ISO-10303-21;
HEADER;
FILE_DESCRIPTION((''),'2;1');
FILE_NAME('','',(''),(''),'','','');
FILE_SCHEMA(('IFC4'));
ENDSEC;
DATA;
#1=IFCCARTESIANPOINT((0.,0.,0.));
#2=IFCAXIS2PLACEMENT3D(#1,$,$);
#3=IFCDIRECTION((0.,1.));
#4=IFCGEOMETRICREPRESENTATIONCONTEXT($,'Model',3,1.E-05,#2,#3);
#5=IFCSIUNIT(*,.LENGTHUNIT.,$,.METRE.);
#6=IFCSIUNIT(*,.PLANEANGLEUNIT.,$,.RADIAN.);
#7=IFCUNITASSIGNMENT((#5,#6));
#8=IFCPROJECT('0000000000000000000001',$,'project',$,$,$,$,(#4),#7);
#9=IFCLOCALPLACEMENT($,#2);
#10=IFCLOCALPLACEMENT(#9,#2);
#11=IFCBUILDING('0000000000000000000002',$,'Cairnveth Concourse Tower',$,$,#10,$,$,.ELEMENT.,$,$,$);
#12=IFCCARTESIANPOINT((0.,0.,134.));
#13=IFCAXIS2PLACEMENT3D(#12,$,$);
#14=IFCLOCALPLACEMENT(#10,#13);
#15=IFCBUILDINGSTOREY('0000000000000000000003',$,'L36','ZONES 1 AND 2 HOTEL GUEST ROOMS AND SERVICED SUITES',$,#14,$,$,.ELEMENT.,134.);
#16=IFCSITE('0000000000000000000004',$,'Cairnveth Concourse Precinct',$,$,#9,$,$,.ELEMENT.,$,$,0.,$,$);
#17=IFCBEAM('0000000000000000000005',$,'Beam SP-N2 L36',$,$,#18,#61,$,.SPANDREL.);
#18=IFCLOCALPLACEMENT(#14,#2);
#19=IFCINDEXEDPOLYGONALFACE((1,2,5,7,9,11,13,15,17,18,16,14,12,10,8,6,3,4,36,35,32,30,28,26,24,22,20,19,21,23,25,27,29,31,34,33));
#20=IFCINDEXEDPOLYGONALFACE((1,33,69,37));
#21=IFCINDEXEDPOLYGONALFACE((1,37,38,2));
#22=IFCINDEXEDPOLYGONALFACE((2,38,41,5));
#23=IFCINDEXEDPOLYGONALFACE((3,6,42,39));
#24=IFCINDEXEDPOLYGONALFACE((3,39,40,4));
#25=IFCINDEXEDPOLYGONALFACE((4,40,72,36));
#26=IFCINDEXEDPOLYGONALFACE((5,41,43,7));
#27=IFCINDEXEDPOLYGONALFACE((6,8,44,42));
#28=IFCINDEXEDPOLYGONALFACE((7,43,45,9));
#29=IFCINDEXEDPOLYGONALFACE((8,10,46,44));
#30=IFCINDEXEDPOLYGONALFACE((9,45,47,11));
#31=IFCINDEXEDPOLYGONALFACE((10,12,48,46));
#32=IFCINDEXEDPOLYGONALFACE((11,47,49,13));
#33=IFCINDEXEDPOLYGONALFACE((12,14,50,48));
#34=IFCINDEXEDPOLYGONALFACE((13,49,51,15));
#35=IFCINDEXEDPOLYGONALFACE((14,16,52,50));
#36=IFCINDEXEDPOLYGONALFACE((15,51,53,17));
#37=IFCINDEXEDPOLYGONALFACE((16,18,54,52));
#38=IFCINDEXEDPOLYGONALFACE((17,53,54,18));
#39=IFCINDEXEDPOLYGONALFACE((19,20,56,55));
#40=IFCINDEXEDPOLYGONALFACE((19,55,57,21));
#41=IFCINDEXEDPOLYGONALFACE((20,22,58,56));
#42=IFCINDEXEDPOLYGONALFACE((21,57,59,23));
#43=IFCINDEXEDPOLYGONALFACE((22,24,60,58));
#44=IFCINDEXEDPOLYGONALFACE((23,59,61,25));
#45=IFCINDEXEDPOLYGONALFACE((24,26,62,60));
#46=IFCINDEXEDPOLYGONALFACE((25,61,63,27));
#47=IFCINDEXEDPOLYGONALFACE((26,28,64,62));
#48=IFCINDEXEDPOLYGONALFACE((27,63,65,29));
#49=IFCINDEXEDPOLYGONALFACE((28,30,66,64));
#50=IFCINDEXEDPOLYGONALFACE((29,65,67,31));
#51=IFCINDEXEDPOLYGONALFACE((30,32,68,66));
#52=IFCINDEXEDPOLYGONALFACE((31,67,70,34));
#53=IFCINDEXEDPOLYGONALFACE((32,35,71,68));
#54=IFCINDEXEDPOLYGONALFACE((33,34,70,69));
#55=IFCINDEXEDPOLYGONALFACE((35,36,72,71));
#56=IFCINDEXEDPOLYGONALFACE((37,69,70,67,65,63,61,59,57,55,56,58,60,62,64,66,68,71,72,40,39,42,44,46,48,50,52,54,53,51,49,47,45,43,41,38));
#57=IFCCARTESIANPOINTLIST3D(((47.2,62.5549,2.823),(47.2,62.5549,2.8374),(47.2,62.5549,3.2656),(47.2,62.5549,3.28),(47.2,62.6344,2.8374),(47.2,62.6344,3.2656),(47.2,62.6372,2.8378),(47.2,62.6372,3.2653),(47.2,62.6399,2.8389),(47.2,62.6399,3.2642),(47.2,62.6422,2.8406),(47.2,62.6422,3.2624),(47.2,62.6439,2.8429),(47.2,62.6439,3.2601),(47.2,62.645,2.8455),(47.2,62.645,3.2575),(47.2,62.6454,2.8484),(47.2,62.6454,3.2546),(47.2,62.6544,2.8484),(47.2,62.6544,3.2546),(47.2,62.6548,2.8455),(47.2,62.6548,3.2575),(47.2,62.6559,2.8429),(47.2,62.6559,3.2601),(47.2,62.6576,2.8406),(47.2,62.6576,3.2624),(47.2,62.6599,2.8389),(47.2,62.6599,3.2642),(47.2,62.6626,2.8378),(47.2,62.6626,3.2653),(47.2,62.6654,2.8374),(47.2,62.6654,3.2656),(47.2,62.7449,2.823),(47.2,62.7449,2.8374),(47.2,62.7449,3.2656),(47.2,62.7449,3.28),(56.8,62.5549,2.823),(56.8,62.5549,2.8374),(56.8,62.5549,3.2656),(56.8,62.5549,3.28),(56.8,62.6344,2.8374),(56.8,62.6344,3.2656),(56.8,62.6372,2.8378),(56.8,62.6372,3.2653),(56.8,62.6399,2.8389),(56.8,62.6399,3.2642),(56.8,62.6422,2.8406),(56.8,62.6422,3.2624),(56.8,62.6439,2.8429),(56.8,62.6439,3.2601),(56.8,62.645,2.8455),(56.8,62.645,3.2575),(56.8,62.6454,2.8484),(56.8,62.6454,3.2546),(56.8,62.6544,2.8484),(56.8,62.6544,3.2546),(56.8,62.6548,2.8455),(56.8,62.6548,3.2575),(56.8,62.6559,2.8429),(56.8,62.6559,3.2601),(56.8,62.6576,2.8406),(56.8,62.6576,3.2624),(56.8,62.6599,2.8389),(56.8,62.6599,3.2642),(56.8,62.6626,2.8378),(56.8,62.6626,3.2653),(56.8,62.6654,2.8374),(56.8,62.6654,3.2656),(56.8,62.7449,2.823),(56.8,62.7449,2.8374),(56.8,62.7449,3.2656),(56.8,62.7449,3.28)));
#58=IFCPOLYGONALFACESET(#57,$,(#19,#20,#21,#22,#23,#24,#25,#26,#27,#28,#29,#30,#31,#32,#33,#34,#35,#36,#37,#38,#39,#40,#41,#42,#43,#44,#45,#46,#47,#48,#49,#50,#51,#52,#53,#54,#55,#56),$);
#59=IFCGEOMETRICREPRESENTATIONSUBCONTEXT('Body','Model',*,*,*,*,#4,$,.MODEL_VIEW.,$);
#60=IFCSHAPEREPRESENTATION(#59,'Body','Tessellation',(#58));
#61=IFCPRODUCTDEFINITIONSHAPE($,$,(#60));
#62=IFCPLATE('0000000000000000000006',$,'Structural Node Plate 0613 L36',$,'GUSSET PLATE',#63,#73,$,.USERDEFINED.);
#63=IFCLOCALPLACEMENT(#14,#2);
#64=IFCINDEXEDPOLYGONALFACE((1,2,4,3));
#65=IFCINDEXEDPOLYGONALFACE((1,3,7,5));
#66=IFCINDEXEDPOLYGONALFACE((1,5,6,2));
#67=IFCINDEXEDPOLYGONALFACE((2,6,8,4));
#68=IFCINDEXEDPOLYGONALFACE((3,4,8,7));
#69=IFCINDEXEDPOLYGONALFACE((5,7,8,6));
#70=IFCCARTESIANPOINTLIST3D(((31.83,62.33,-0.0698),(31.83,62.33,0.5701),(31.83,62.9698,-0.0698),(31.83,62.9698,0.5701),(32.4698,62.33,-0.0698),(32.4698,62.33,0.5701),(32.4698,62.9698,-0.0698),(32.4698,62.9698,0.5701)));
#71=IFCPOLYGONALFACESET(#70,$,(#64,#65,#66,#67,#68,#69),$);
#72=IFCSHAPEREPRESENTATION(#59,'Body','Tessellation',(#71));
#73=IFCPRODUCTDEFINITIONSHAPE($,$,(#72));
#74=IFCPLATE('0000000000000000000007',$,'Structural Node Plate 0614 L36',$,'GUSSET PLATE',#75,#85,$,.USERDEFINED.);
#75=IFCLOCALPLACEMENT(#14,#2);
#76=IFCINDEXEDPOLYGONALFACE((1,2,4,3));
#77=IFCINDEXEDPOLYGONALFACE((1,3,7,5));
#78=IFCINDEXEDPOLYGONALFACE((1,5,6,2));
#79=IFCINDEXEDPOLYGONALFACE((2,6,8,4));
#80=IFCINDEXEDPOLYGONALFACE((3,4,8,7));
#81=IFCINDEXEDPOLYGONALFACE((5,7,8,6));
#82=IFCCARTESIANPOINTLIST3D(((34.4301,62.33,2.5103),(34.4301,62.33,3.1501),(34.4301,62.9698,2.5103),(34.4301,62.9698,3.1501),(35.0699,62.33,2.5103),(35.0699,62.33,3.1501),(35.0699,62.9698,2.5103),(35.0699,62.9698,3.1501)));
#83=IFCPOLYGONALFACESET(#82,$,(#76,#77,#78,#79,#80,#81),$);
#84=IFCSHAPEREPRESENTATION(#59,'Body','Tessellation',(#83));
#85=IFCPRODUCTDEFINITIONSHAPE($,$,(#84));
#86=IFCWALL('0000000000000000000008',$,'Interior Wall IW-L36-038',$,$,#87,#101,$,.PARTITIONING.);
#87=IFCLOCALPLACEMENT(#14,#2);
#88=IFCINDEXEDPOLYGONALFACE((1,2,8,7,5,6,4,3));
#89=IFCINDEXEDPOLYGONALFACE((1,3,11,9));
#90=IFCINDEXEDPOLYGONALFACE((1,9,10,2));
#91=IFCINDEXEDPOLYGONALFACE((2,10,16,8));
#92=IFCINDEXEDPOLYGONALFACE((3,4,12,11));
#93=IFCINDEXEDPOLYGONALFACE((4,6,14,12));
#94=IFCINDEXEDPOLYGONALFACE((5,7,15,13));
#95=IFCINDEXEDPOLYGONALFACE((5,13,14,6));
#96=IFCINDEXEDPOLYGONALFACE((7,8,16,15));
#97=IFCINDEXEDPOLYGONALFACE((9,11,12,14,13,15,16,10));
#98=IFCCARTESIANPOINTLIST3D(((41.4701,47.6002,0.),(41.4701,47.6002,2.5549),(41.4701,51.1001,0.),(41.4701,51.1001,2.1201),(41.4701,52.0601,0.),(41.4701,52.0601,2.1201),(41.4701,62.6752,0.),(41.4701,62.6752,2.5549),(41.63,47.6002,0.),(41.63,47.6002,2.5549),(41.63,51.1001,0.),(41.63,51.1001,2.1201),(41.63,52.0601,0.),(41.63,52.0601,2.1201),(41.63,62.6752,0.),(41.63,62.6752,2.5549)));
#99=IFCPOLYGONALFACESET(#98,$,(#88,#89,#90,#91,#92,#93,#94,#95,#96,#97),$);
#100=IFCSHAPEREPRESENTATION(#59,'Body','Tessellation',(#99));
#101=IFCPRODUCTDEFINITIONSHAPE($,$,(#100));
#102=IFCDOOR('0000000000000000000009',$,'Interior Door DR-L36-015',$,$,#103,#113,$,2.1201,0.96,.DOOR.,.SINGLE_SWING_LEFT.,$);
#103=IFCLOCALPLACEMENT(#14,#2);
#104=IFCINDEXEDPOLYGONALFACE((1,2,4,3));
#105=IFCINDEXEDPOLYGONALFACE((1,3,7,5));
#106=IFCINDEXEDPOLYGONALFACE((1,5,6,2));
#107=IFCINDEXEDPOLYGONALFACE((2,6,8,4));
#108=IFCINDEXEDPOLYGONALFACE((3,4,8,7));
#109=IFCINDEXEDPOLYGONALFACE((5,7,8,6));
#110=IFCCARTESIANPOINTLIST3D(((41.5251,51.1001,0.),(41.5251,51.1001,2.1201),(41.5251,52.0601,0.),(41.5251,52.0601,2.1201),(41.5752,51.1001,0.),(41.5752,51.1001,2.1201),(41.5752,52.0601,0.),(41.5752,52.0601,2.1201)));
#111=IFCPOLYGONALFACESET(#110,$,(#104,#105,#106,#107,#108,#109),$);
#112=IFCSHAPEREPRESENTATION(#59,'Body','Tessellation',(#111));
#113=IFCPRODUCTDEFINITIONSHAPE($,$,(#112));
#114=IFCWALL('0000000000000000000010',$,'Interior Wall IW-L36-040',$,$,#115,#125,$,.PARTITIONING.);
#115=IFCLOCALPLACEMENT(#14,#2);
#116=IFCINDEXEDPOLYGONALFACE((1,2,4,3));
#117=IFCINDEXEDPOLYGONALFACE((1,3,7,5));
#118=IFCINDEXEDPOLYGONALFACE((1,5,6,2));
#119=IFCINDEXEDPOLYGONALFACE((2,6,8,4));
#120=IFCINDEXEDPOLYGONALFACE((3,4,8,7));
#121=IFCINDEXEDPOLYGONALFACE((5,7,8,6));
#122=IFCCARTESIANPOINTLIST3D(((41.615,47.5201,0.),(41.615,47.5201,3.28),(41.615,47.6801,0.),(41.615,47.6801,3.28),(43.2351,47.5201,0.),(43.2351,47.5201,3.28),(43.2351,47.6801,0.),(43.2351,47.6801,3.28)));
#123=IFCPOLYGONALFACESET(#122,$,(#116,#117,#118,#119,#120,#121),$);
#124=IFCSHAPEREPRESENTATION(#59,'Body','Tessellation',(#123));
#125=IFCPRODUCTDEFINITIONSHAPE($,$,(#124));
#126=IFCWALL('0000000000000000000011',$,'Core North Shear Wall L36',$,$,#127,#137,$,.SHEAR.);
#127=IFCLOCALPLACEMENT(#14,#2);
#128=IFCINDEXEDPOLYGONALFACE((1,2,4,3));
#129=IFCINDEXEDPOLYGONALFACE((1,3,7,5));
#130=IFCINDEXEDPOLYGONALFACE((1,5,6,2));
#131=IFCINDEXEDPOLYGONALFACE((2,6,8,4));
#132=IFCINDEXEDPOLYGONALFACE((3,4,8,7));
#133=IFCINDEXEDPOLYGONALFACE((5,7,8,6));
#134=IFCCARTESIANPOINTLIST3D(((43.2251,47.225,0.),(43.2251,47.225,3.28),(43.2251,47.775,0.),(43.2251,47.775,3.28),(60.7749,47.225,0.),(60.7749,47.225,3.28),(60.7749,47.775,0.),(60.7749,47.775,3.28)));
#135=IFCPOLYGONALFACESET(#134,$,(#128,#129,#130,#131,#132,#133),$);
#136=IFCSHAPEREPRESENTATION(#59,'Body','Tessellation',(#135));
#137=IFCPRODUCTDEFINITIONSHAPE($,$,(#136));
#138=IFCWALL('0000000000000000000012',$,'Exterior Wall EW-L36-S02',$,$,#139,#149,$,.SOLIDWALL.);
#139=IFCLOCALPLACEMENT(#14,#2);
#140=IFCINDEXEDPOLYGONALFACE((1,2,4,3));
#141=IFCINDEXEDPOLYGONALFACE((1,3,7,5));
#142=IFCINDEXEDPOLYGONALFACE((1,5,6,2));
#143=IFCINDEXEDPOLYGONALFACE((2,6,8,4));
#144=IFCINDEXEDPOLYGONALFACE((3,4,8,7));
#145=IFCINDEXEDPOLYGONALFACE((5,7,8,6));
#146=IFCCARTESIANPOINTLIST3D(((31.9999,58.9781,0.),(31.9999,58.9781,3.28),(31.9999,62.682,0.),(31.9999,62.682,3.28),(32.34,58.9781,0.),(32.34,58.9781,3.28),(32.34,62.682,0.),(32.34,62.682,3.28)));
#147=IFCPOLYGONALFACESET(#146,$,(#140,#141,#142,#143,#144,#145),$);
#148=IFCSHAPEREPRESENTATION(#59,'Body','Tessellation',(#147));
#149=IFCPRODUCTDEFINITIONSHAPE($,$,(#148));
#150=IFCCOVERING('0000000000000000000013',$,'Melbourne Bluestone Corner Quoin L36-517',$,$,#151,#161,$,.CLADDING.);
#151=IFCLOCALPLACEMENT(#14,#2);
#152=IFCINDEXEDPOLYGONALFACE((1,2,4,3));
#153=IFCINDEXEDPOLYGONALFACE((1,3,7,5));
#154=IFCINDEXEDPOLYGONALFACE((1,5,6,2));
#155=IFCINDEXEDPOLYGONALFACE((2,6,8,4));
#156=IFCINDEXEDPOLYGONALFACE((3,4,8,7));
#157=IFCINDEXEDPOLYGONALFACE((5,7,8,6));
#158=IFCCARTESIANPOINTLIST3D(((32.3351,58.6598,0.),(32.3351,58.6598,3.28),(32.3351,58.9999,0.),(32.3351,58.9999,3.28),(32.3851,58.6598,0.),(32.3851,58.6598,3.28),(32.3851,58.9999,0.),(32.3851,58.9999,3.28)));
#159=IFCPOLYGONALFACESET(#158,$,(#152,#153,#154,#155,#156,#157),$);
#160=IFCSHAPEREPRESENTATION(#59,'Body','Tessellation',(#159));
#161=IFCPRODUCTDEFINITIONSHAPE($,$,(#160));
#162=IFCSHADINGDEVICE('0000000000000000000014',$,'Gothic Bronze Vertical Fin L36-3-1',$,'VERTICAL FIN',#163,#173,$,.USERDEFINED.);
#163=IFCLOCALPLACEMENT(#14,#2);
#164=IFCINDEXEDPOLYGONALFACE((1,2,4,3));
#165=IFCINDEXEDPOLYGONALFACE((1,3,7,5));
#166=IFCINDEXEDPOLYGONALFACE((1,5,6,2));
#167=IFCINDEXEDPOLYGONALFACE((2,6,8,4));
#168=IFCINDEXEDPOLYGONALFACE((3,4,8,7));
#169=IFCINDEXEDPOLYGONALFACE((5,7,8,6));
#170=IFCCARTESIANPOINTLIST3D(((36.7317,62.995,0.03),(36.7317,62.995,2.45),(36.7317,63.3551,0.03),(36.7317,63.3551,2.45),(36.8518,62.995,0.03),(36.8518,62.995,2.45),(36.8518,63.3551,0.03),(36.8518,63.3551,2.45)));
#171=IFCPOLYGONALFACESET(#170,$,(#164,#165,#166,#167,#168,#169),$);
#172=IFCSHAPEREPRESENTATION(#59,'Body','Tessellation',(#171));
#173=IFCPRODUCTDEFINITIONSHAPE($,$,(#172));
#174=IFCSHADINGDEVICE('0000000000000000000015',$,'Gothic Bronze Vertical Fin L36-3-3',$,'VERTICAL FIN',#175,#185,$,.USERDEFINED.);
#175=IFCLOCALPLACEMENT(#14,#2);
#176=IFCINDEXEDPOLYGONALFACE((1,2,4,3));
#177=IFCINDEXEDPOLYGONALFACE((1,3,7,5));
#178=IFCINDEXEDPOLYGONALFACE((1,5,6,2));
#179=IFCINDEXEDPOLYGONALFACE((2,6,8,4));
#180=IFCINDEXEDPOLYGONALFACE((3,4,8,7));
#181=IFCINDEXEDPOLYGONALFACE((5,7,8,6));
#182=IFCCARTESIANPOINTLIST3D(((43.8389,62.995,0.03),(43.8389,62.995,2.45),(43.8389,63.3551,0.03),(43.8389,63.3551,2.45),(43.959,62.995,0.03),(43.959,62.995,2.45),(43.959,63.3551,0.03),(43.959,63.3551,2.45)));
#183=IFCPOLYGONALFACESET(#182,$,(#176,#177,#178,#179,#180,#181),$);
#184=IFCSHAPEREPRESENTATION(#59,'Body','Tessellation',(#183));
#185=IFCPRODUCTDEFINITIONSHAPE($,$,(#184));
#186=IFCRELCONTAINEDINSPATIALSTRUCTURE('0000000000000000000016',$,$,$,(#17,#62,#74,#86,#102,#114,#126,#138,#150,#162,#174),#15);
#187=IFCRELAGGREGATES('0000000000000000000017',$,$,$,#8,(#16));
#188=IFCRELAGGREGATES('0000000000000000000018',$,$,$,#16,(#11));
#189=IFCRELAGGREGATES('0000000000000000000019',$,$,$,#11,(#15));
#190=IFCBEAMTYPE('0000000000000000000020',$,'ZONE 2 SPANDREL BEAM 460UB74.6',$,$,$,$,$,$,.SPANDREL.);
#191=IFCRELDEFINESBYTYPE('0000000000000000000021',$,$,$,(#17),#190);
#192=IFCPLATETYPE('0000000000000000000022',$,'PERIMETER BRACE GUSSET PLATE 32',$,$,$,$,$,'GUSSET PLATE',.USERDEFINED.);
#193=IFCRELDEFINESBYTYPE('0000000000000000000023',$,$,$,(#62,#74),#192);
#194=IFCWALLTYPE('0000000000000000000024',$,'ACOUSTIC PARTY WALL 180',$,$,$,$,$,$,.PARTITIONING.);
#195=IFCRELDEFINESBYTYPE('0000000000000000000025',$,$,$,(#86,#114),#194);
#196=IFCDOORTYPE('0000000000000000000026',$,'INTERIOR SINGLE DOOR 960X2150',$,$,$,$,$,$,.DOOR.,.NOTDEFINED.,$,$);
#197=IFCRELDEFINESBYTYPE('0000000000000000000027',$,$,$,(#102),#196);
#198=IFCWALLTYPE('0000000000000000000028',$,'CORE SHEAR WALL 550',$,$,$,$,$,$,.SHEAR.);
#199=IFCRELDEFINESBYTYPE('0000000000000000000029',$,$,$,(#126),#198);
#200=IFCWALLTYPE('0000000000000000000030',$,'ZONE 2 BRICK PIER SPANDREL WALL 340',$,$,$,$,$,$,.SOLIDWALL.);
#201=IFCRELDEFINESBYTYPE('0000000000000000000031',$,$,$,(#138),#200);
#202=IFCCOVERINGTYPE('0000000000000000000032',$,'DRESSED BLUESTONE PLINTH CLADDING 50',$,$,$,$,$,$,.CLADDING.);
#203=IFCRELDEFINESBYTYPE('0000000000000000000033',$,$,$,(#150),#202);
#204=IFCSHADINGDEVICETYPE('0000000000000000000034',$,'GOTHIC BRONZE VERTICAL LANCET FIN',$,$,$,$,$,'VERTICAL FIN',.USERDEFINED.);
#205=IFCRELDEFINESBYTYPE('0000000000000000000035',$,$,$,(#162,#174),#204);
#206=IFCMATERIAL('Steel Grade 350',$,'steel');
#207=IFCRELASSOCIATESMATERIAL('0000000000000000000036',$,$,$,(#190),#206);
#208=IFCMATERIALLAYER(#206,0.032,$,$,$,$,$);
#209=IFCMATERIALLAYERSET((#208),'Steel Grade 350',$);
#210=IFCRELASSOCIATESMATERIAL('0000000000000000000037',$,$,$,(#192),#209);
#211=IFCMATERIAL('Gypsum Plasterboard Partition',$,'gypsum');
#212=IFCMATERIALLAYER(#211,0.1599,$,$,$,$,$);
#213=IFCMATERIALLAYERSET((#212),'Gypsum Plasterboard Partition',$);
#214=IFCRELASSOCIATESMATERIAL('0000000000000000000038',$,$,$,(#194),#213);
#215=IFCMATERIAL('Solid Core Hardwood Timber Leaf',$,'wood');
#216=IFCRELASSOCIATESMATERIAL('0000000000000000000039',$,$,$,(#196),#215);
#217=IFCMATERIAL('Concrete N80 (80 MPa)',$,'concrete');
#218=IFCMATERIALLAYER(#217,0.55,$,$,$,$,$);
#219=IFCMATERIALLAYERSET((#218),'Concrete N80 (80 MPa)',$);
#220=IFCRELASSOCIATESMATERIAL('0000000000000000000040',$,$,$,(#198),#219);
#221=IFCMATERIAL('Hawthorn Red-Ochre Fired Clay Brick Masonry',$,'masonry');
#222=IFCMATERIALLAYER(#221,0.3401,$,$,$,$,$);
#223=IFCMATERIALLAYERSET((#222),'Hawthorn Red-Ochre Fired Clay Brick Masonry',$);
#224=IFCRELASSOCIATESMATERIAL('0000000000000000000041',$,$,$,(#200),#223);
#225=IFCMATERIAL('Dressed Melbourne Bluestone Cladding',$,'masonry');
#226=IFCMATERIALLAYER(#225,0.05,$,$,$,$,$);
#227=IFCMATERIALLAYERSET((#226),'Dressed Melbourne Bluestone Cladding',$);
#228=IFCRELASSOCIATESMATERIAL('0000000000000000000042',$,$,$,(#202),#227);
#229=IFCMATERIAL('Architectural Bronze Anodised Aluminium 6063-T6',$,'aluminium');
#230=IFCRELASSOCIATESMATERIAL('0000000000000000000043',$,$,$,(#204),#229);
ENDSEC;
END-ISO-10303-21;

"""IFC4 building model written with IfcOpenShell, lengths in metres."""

from ifc_helpers import new_model, si_unit, direction, frame, frame_2d, origin, origin_2d, place, context, subcontext, project, spatial, rectangle, i_section, extrude, material, layer, layer_set, material_profile, profile_set, type_object, element, fill, save


model = new_model("IFC4")

# Units and contexts
model_context = context("Model", 3, precision=1e-05, world=origin(), true_north=direction((0.0, 1.0)))
body_context = subcontext(model_context, "Body", "Model", "MODEL_VIEW")
ifc_project = project(units=[si_unit("LENGTHUNIT", "METRE"), si_unit("PLANEANGLEUNIT", "RADIAN")], contexts=[model_context])

# Site, building, storey
site_placement = place(None, origin())
site = spatial("IfcSite", under=ifc_project, at=site_placement, Name="Cairnveth Concourse Precinct", CompositionType="ELEMENT", RefElevation=0.0)
building_placement = place(site_placement, origin())
building = spatial("IfcBuilding", under=site, at=building_placement, Name="Cairnveth Concourse Tower", CompositionType="ELEMENT")
storey_placement = place(building_placement, frame((0.0, 0.0, 134.0)))
storey = spatial("IfcBuildingStorey", under=building, at=storey_placement, Name="L36", Description="ZONES 1 AND 2 HOTEL GUEST ROOMS AND SERVICED SUITES", CompositionType="ELEMENT", Elevation=134.0)

# Beam
ifc_material_1 = material(Name="Steel Grade 350", Category="steel")
ifc_material_profile_1 = material_profile(ifc_material_1, i_section(OverallWidth=0.1899, OverallDepth=0.457, WebThickness=0.009, FlangeThickness=0.0144, FilletRadius=0.011, at=origin_2d()), Name="460UB74.6")
ifc_profile_set_1 = profile_set([ifc_material_profile_1], Name="Steel Grade 350")
beam_type_1 = type_object("IfcBeamType", Name="ZONE 2 SPANDREL BEAM 460UB74.6", PredefinedType="SPANDREL", material=ifc_profile_set_1)
beam_1_placement = place(storey_placement, frame((47.2, 62.6499, 3.0515), z_axis=(1.0, 0.0, 0.0), x_axis=(0.0, 1.0, 0.0)))
element("IfcBeam", 1, at=beam_1_placement, inside=storey, type_object=beam_type_1, Name="Beam SP-N2 L36", PredefinedType="SPANDREL", context=body_context, shape_type="SweptSolid", body=[
    extrude(i_section(OverallWidth=0.1899, OverallDepth=0.457, WebThickness=0.009, FlangeThickness=0.0144, FilletRadius=0.011, at=origin_2d()), origin(), (0.0, 0.0, 1.0), 9.6001),
])

# Plates
ifc_layer_1 = layer(ifc_material_1, 0.032)
ifc_layer_set_1 = layer_set([ifc_layer_1], Name="Steel Grade 350")
plate_type = type_object("IfcPlateType", Name="PERIMETER BRACE GUSSET PLATE 32", ElementType="GUSSET PLATE", PredefinedType="USERDEFINED", material=ifc_layer_set_1)
for number, where, z_axis, x_axis, name in (
    (2, (32.1499, 62.6499, -0.0698), (0.0, 0.0, 1.0), (1.0, 0.0, 0.0), "Structural Node Plate 0613 L36"),
    (3, (34.75, 62.6499, 2.5103), (0.0, 0.0, 1.0), (1.0, 0.0, 0.0), "Structural Node Plate 0614 L36"),
):
    element("IfcPlate", number, at=place(storey_placement, frame(where, z_axis=z_axis, x_axis=x_axis)), inside=storey, type_object=plate_type, Name=name, ObjectType="GUSSET PLATE", PredefinedType="USERDEFINED", context=body_context, shape_type="SweptSolid", body=[
        extrude(rectangle(XDim=0.6399, YDim=0.6399, at=origin_2d()), origin(), (0.0, 0.0, 1.0), 0.6399),
    ])

# Wall, opening, door
ifc_material_2 = material(Name="Gypsum Plasterboard Partition", Category="gypsum")
ifc_layer_2 = layer(ifc_material_2, 0.1599)
ifc_layer_set_2 = layer_set([ifc_layer_2], Name="Gypsum Plasterboard Partition")
wall_type_1 = type_object("IfcWallType", Name="ACOUSTIC PARTY WALL 180", PredefinedType="PARTITIONING", material=ifc_layer_set_2)
wall_1_placement = place(storey_placement, frame((41.55, 47.6001, 0.0), z_axis=(0.0, 0.0, 1.0), x_axis=(0.0, 1.0, 0.0)))
wall_1 = element("IfcWall", 4, at=wall_1_placement, inside=storey, type_object=wall_type_1, Name="Interior Wall IW-L36-038", PredefinedType="PARTITIONING", context=body_context, shape_type="SweptSolid", body=[
    extrude(rectangle(XDim=15.075, YDim=0.1599, at=frame_2d((7.5376, 0.0))), origin(), (0.0, 0.0, 1.0), 2.5549),
])
opening_placement = place(wall_1_placement, frame((3.5, 0.0, 0.0)))
opening = element("IfcOpeningElement", 5, at=opening_placement, cuts=wall_1, PredefinedType="OPENING", context=body_context, shape_type="SweptSolid", body=[
    extrude(rectangle(XDim=0.96, YDim=2.1201, at=frame_2d((0.48, 1.0601))), frame((0.0, 0.0898, 0.0), z_axis=(0.0, -1.0, 0.0), x_axis=(1.0, 0.0, 0.0)), (0.0, 0.0, 1.0), 0.1799),
])
ifc_material_3 = material(Name="Solid Core Hardwood Timber Leaf", Category="wood")
door_type = type_object("IfcDoorType", Name="INTERIOR SINGLE DOOR 960X2150", OperationType="NOTDEFINED", PredefinedType="DOOR", material=ifc_material_3)
door_placement = place(opening_placement, origin())
door = element("IfcDoor", 6, at=door_placement, inside=storey, type_object=door_type, Name="Interior Door DR-L36-015", OperationType="SINGLE_SWING_LEFT", OverallHeight=2.1201, OverallWidth=0.96, PredefinedType="DOOR", context=body_context, shape_type="SweptSolid", body=[
    extrude(rectangle(XDim=0.96, YDim=2.1201, at=frame_2d((0.48, 1.0601))), frame((0.0, 0.0249, 0.0), z_axis=(0.0, -1.0, 0.0), x_axis=(1.0, 0.0, 0.0)), (0.0, 0.0, 1.0), 0.05),
])
fill(opening, door)

# Walls
wall_2_placement = place(storey_placement, frame((41.615, 47.6001, 0.0), z_axis=(0.0, 0.0, 1.0), x_axis=(1.0, 0.0, 0.0)))
element("IfcWall", 7, at=wall_2_placement, inside=storey, type_object=wall_type_1, Name="Interior Wall IW-L36-040", PredefinedType="PARTITIONING", context=body_context, shape_type="SweptSolid", body=[
    extrude(rectangle(XDim=1.6201, YDim=0.1599, at=frame_2d((0.8101, 0.0))), origin(), (0.0, 0.0, 1.0), 3.28),
])
ifc_material_4 = material(Name="Concrete N80 (80 MPa)", Category="concrete")
ifc_layer_3 = layer(ifc_material_4, 0.55)
ifc_layer_set_3 = layer_set([ifc_layer_3], Name="Concrete N80 (80 MPa)")
wall_type_2 = type_object("IfcWallType", Name="CORE SHEAR WALL 550", PredefinedType="SHEAR", material=ifc_layer_set_3)
wall_3_placement = place(storey_placement, frame((43.2251, 47.5, 0.0), z_axis=(0.0, 0.0, 1.0), x_axis=(1.0, 0.0, 0.0)))
element("IfcWall", 8, at=wall_3_placement, inside=storey, type_object=wall_type_2, Name="Core North Shear Wall L36", PredefinedType="SHEAR", context=body_context, shape_type="SweptSolid", body=[
    extrude(rectangle(XDim=17.5498, YDim=0.55, at=frame_2d((8.7749, 0.0))), origin(), (0.0, 0.0, 1.0), 3.28),
])
ifc_material_5 = material(Name="Hawthorn Red-Ochre Fired Clay Brick Masonry", Category="masonry")
ifc_layer_4 = layer(ifc_material_5, 0.3401)
ifc_layer_set_4 = layer_set([ifc_layer_4], Name="Hawthorn Red-Ochre Fired Clay Brick Masonry")
wall_type_3 = type_object("IfcWallType", Name="ZONE 2 BRICK PIER SPANDREL WALL 340", PredefinedType="SOLIDWALL", material=ifc_layer_set_4)
wall_4_placement = place(storey_placement, frame((32.1699, 58.978, 0.0), z_axis=(0.0, 0.0, 1.0), x_axis=(0.0, 1.0, 0.0)))
element("IfcWall", 9, at=wall_4_placement, inside=storey, type_object=wall_type_3, Name="Exterior Wall EW-L36-S02", PredefinedType="SOLIDWALL", context=body_context, shape_type="SweptSolid", body=[
    extrude(rectangle(XDim=3.7039, YDim=0.3401, at=frame_2d((1.8521, 0.0))), origin(), (0.0, 0.0, 1.0), 3.28),
])

# Covering
ifc_material_6 = material(Name="Dressed Melbourne Bluestone Cladding", Category="masonry")
ifc_layer_5 = layer(ifc_material_6, 0.05)
ifc_layer_set_5 = layer_set([ifc_layer_5], Name="Dressed Melbourne Bluestone Cladding")
covering_type = type_object("IfcCoveringType", Name="DRESSED BLUESTONE PLINTH CLADDING 50", PredefinedType="CLADDING", material=ifc_layer_set_5)
covering_placement = place(storey_placement, frame((32.3601, 58.6599, 0.0), z_axis=(0.0, 0.0, 1.0), x_axis=(0.0, 1.0, 0.0)))
element("IfcCovering", 10, at=covering_placement, inside=storey, type_object=covering_type, Name="Melbourne Bluestone Corner Quoin L36-517", PredefinedType="CLADDING", context=body_context, shape_type="SweptSolid", body=[
    extrude(rectangle(XDim=0.3401, YDim=0.05, at=frame_2d((0.1699, 0.0))), origin(), (0.0, 0.0, 1.0), 3.28),
])

# Shading devices
ifc_material_7 = material(Name="Architectural Bronze Anodised Aluminium 6063-T6", Category="aluminium")
shading_device_type = type_object("IfcShadingDeviceType", Name="GOTHIC BRONZE VERTICAL LANCET FIN", ElementType="VERTICAL FIN", PredefinedType="USERDEFINED", material=ifc_material_7)
for number, where, z_axis, x_axis, name in (
    (11, (36.7917, 63.175, 0.03), (0.0, 0.0, 1.0), (1.0, 0.0, 0.0), "Gothic Bronze Vertical Fin L36-3-1"),
    (12, (43.8989, 63.175, 0.03), (0.0, 0.0, 1.0), (1.0, 0.0, 0.0), "Gothic Bronze Vertical Fin L36-3-3"),
):
    element("IfcShadingDevice", number, at=place(storey_placement, frame(where, z_axis=z_axis, x_axis=x_axis)), inside=storey, type_object=shading_device_type, Name=name, ObjectType="VERTICAL FIN", PredefinedType="USERDEFINED", context=body_context, shape_type="SweptSolid", body=[
        extrude(rectangle(XDim=0.1201, YDim=0.3601, at=origin_2d()), origin(), (0.0, 0.0, 1.0), 2.4199),
    ])

save(model, "model.ifc")
